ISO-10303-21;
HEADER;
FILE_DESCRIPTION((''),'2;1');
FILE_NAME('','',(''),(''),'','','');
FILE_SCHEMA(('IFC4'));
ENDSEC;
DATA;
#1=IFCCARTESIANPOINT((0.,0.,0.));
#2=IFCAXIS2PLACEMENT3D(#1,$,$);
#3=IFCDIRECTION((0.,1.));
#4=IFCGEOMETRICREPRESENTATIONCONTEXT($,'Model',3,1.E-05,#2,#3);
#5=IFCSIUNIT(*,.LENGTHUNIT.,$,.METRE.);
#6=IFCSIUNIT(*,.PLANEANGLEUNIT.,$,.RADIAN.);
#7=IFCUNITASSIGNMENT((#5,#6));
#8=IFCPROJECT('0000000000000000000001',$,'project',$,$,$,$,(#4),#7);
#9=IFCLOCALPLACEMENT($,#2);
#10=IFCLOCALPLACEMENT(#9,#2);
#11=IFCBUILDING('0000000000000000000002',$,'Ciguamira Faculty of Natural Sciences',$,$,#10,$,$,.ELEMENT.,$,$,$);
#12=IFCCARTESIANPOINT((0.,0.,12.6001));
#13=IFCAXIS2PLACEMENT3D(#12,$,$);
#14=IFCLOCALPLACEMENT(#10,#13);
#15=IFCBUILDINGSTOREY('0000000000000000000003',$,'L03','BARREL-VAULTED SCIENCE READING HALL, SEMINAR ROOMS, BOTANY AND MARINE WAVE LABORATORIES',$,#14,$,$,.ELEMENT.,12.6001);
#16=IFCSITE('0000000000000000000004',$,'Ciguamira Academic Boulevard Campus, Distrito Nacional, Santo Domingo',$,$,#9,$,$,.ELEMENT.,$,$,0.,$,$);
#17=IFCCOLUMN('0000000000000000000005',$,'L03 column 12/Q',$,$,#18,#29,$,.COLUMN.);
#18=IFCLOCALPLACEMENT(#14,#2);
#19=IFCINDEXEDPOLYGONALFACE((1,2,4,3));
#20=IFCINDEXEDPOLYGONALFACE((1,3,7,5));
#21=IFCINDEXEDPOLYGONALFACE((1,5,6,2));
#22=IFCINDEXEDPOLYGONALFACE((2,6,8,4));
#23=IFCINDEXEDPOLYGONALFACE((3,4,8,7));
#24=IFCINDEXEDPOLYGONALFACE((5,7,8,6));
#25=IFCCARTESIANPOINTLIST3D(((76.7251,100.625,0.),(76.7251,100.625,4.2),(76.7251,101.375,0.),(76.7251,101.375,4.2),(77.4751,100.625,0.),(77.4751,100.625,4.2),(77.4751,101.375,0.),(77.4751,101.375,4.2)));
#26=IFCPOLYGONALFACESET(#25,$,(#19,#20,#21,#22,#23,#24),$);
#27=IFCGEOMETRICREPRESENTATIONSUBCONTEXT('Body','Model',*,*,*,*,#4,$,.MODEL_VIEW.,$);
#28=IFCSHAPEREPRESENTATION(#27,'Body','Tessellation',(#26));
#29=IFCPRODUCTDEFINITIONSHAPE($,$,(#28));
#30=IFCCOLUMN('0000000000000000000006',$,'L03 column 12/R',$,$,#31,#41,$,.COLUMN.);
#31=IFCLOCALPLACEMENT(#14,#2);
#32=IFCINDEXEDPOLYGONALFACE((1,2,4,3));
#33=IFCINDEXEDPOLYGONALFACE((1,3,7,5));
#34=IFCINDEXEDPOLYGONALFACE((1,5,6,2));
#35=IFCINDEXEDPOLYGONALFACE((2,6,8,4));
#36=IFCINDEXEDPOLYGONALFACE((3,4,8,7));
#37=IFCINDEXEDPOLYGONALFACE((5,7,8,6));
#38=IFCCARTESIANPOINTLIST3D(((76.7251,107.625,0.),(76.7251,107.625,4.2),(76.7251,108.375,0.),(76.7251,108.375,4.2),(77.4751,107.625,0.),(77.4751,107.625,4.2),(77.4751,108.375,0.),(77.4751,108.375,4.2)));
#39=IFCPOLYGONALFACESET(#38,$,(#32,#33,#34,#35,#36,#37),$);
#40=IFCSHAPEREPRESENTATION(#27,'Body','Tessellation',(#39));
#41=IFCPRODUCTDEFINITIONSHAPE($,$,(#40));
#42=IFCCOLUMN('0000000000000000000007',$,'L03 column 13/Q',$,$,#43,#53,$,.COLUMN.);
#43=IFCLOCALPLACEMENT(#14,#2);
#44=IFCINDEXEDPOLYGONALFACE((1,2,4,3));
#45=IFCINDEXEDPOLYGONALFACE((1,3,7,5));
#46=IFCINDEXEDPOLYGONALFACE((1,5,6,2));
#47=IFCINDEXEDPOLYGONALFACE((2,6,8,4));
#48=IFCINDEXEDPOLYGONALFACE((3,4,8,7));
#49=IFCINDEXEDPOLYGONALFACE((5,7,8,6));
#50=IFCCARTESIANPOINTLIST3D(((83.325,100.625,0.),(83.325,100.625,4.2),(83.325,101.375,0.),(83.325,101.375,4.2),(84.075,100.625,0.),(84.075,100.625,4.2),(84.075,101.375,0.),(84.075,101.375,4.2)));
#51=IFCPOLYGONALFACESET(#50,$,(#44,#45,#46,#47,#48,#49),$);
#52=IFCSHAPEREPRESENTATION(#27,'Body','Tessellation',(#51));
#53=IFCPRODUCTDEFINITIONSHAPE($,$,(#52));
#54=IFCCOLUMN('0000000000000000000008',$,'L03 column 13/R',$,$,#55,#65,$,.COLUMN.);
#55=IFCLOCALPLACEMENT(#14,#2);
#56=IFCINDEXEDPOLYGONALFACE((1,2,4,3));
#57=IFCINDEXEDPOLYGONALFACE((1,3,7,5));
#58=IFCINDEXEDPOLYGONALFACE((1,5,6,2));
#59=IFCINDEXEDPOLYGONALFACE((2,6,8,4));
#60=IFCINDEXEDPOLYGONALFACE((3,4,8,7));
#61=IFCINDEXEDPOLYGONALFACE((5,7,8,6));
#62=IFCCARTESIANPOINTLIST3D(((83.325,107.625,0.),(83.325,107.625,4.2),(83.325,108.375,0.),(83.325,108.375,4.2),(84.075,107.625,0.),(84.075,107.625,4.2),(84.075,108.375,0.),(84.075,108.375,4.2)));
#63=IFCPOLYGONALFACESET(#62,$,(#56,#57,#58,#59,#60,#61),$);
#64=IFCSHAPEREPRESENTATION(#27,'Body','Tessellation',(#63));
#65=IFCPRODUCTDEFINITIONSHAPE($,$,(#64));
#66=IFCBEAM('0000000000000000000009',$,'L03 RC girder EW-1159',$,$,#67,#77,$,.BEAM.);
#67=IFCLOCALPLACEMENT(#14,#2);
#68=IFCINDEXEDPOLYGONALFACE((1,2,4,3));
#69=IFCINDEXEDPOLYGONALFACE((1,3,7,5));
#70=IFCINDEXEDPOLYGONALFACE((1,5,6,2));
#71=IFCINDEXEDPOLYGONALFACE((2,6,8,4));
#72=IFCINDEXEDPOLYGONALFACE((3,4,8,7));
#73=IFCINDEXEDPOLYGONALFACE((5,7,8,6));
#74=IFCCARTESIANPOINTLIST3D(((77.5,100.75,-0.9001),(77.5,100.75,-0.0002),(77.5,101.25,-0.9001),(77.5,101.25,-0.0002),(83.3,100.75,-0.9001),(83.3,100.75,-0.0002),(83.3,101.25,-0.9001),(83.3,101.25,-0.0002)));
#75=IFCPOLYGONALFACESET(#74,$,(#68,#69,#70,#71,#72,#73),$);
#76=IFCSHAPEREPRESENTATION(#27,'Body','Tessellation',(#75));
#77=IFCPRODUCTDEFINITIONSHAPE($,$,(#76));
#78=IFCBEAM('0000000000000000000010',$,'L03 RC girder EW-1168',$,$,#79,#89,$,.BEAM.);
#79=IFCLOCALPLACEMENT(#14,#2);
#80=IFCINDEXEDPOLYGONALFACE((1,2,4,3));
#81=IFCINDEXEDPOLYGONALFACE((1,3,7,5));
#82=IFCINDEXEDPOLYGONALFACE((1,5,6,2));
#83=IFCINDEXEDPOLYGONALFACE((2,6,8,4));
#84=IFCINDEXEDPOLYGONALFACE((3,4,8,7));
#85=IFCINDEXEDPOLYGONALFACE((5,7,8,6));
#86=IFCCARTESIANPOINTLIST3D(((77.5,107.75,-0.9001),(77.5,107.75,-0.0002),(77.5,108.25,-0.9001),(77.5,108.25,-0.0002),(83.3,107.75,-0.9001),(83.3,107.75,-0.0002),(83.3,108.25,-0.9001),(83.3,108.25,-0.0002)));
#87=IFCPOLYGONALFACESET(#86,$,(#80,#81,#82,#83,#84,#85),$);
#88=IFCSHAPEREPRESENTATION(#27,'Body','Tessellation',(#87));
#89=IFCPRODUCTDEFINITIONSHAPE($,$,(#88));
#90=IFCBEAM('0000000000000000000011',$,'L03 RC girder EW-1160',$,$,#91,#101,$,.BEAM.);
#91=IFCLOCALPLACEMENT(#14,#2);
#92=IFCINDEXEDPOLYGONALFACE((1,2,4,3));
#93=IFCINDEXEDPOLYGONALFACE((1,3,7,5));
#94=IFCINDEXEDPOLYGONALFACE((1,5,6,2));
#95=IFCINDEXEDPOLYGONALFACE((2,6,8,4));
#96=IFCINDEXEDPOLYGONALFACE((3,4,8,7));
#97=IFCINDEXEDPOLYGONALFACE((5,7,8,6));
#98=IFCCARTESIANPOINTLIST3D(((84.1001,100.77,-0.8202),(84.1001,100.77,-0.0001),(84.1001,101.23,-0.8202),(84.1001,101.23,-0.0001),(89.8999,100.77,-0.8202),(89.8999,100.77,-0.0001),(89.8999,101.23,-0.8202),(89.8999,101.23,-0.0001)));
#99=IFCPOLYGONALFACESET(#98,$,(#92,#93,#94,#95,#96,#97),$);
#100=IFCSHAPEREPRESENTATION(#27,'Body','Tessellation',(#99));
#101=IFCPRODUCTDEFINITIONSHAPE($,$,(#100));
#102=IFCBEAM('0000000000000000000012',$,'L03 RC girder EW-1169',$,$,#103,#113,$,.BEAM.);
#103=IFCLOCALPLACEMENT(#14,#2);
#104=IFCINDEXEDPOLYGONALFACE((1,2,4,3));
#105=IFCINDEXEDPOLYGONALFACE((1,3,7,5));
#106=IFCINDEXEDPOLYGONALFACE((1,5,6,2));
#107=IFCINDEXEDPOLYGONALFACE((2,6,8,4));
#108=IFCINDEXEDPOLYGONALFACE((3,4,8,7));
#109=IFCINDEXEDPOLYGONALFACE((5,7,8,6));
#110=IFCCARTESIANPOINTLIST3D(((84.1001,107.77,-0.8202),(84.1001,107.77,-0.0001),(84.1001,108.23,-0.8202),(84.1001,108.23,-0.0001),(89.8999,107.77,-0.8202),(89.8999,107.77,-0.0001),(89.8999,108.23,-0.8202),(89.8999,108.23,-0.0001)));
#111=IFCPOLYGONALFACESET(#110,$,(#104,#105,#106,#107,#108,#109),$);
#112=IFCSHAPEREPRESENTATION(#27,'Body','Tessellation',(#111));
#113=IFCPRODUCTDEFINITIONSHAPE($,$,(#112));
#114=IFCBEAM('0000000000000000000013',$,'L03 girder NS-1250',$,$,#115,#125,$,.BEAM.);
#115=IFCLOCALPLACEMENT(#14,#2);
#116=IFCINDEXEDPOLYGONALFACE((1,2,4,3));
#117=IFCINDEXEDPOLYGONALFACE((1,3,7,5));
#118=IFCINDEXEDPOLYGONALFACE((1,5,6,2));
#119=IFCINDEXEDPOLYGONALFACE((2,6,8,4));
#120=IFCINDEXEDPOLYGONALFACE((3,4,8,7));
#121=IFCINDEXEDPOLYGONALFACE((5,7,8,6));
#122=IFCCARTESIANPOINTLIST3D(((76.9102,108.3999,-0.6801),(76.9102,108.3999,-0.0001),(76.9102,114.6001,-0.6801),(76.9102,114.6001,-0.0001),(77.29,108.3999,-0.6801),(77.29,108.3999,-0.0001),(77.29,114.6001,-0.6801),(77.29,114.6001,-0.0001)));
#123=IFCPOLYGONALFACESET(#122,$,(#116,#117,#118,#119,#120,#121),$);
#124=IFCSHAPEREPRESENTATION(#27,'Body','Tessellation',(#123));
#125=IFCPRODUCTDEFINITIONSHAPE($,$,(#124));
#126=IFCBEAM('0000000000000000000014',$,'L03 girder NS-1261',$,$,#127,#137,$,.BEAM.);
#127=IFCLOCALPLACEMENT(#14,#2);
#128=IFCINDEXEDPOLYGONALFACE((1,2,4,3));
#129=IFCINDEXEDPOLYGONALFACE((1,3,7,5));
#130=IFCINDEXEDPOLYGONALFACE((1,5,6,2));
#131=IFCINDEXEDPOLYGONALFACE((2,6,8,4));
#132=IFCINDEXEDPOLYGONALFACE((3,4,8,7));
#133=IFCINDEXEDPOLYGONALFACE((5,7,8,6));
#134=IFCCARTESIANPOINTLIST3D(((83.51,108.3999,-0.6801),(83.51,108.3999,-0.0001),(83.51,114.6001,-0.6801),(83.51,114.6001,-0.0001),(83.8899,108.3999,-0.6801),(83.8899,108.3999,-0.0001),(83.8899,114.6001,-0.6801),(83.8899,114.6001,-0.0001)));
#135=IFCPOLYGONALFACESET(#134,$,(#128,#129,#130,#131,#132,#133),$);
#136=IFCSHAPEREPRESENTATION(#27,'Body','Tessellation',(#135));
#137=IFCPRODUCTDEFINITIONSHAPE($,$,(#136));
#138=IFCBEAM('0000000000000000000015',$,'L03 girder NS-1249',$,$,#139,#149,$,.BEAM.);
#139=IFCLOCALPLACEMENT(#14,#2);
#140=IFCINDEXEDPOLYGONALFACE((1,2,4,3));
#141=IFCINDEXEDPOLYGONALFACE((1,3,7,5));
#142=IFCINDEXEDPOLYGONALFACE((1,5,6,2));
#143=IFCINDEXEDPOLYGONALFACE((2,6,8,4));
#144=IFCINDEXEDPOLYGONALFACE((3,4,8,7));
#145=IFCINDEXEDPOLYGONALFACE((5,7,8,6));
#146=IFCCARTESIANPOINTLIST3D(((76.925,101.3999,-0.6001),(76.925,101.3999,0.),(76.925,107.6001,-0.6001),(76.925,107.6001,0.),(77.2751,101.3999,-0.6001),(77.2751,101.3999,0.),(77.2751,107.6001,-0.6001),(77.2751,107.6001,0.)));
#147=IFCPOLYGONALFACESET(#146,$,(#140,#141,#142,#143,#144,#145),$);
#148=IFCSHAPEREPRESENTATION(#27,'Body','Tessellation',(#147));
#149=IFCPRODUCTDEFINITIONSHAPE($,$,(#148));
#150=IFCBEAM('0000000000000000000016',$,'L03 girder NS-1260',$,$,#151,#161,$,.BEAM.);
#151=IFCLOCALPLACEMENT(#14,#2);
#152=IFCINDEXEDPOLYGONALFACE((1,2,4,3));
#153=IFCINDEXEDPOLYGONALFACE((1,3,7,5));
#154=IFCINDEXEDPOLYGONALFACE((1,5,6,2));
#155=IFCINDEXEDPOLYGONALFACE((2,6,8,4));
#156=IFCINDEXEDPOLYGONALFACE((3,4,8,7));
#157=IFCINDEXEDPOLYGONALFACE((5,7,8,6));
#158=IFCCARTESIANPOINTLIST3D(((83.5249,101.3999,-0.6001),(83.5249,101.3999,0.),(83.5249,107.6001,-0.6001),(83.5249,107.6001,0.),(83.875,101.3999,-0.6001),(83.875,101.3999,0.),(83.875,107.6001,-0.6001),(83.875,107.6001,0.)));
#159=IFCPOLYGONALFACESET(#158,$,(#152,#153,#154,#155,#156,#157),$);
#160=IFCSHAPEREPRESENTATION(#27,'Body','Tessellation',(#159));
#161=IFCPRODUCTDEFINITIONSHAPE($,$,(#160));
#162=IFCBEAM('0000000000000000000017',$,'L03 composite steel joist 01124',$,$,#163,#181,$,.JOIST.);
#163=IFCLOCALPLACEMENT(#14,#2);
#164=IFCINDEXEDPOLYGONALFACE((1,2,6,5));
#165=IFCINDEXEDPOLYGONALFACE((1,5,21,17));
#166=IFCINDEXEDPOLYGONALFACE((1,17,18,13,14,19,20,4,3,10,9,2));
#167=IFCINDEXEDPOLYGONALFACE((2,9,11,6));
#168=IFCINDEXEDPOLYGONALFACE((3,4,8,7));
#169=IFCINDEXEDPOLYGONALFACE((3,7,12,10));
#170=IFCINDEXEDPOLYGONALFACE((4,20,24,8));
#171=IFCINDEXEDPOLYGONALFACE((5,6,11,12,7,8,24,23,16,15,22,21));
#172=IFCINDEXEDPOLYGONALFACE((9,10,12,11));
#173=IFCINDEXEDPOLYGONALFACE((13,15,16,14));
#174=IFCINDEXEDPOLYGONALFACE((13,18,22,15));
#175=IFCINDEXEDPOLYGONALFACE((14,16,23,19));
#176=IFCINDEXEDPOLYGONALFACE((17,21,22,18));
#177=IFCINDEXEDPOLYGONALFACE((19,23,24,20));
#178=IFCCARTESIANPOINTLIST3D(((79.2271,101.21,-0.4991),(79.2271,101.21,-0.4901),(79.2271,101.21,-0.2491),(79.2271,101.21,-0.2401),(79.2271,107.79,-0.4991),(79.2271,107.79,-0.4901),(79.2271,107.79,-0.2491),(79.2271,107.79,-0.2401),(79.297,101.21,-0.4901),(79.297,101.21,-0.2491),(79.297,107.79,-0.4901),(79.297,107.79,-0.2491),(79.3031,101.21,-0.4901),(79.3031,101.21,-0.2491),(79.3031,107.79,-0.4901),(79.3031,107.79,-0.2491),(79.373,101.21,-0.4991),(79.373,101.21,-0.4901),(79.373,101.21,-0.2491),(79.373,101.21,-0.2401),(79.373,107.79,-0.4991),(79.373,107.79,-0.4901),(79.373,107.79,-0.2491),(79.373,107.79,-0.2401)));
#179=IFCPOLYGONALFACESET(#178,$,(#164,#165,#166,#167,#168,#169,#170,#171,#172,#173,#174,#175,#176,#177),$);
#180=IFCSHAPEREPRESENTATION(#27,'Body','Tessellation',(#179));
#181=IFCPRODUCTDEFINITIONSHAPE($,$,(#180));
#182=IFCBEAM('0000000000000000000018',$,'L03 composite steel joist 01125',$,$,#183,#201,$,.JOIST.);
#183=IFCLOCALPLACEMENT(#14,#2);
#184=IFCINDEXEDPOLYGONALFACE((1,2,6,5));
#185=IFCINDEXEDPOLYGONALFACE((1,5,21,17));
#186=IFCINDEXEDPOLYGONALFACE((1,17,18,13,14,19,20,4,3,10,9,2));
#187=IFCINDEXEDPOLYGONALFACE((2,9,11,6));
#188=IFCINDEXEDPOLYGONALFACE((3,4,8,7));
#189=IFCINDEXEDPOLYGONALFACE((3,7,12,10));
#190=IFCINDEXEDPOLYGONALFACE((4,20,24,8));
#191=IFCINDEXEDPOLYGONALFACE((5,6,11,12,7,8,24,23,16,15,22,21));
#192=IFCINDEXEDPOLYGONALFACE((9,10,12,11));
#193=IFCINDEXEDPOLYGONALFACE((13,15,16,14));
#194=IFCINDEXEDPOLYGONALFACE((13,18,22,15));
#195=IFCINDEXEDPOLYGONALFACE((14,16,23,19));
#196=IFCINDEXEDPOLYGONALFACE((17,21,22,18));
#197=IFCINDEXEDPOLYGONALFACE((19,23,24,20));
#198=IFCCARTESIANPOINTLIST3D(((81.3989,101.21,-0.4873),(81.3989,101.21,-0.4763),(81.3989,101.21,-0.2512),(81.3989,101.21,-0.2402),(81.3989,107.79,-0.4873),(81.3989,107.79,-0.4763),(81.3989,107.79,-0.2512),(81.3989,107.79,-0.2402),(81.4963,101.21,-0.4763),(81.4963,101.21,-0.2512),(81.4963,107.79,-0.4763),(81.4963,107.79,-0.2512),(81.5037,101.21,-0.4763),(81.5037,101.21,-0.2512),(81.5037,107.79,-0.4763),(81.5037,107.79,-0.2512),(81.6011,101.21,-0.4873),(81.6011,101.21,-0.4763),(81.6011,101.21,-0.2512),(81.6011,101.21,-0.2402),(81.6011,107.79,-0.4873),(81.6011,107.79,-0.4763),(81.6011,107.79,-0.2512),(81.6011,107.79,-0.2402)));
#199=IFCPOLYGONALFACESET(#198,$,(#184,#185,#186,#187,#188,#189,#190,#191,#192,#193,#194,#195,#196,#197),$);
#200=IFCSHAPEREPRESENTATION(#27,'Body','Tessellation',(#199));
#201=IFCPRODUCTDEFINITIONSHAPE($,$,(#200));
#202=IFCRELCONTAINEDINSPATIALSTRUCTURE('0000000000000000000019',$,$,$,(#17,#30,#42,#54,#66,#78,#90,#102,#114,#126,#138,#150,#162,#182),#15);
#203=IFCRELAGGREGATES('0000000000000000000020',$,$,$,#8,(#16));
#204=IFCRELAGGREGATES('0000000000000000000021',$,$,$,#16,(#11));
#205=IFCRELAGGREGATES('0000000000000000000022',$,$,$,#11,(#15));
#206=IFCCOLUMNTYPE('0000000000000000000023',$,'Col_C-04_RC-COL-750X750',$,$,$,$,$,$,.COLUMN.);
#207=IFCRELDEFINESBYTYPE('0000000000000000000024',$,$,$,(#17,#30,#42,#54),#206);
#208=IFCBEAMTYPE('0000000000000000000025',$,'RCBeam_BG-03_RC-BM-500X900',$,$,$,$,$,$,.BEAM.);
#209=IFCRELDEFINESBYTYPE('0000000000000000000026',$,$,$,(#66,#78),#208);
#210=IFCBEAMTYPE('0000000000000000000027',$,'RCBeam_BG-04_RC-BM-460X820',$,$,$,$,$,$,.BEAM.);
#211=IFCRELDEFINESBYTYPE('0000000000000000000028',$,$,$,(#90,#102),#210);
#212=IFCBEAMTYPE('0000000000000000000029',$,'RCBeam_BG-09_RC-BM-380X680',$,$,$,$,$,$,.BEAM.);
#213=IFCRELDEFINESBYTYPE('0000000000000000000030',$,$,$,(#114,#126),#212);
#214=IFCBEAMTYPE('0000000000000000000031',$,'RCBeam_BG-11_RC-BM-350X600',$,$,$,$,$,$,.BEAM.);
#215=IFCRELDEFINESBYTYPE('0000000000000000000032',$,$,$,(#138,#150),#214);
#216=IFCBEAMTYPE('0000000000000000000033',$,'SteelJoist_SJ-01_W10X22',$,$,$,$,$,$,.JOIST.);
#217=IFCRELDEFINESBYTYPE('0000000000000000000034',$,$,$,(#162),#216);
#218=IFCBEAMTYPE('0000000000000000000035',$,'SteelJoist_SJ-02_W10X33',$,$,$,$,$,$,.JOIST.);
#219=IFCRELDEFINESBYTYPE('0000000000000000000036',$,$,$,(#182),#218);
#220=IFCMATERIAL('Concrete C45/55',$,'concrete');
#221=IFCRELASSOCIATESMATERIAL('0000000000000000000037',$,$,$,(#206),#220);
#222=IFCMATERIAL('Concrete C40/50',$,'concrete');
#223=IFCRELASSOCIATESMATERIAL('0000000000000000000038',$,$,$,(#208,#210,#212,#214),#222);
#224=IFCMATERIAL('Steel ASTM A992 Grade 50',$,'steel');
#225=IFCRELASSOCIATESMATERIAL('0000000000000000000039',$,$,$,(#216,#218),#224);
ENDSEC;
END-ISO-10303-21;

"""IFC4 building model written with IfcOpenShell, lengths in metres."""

from ifc_helpers import new_model, si_unit, direction, frame, origin, origin_2d, place, context, subcontext, project, spatial, rectangle, i_section, extrude, material, material_profile, profile_set, type_object, element, save


model = new_model("IFC4")

# Units and contexts
model_context = context("Model", 3, precision=1e-05, world=origin(), true_north=direction((0.0, 1.0)))
body_context = subcontext(model_context, "Body", "Model", "MODEL_VIEW")
ifc_project = project(units=[si_unit("LENGTHUNIT", "METRE"), si_unit("PLANEANGLEUNIT", "RADIAN")], contexts=[model_context])

# Site, building, storey
site_placement = place(None, origin())
site = spatial("IfcSite", under=ifc_project, at=site_placement, Name="Ciguamira Academic Boulevard Campus, Distrito Nacional, Santo Domingo", CompositionType="ELEMENT", RefElevation=0.0)
building_placement = place(site_placement, origin())
building = spatial("IfcBuilding", under=site, at=building_placement, Name="Ciguamira Faculty of Natural Sciences", CompositionType="ELEMENT")
storey_placement = place(building_placement, frame((0.0, 0.0, 12.6001)))
storey = spatial("IfcBuildingStorey", under=building, at=storey_placement, Name="L03", Description="BARREL-VAULTED SCIENCE READING HALL, SEMINAR ROOMS, BOTANY AND MARINE WAVE LABORATORIES", CompositionType="ELEMENT", Elevation=12.6001)

# Columns
ifc_material_1 = material(Name="Concrete C45/55", Category="concrete")
ifc_material_profile_1 = material_profile(ifc_material_1, rectangle(XDim=0.75, YDim=0.75, at=origin_2d()), Name="RC-COL-750X750")
ifc_profile_set_1 = profile_set([ifc_material_profile_1], Name="Concrete C45/55")
column_type = type_object("IfcColumnType", Name="Col_C-04_RC-COL-750X750", PredefinedType="COLUMN", material=ifc_profile_set_1)
for number, where, z_axis, x_axis, name in (
    (1, (77.1001, 101.0, 0.0), (0.0, 0.0, 1.0), (1.0, 0.0, 0.0), "L03 column 12/Q"),
    (2, (77.1001, 108.0, 0.0), (0.0, 0.0, 1.0), (1.0, 0.0, 0.0), "L03 column 12/R"),
    (3, (83.7, 101.0, 0.0), (0.0, 0.0, 1.0), (1.0, 0.0, 0.0), "L03 column 13/Q"),
    (4, (83.7, 108.0, 0.0), (0.0, 0.0, 1.0), (1.0, 0.0, 0.0), "L03 column 13/R"),
):
    element("IfcColumn", number, at=place(storey_placement, frame(where, z_axis=z_axis, x_axis=x_axis)), inside=storey, type_object=column_type, Name=name, PredefinedType="COLUMN", context=body_context, shape_type="SweptSolid", body=[
        extrude(rectangle(XDim=0.75, YDim=0.75, at=origin_2d()), origin(), (0.0, 0.0, 1.0), 4.2),
    ])

# Beams
ifc_material_2 = material(Name="Concrete C40/50", Category="concrete")
ifc_material_profile_2 = material_profile(ifc_material_2, rectangle(XDim=0.5, YDim=0.8999, at=origin_2d()), Name="RC-BM-500X900")
ifc_profile_set_2 = profile_set([ifc_material_profile_2], Name="Concrete C40/50")
beam_type_1 = type_object("IfcBeamType", Name="RCBeam_BG-03_RC-BM-500X900", PredefinedType="BEAM", material=ifc_profile_set_2)
for number, where, z_axis, x_axis, name in (
    (5, (77.5, 101.0, -0.4502), (1.0, 0.0, 0.0), (0.0, 1.0, 0.0), "L03 RC girder EW-1159"),
    (6, (77.5, 108.0, -0.4502), (1.0, 0.0, 0.0), (0.0, 1.0, 0.0), "L03 RC girder EW-1168"),
):
    element("IfcBeam", number, at=place(storey_placement, frame(where, z_axis=z_axis, x_axis=x_axis)), inside=storey, type_object=beam_type_1, Name=name, PredefinedType="BEAM", context=body_context, shape_type="SweptSolid", body=[
        extrude(rectangle(XDim=0.5, YDim=0.8999, at=origin_2d()), origin(), (0.0, 0.0, 1.0), 5.8),
    ])
ifc_material_profile_3 = material_profile(ifc_material_2, rectangle(XDim=0.46, YDim=0.8201, at=origin_2d()), Name="RC-BM-460X820")
ifc_profile_set_3 = profile_set([ifc_material_profile_3], Name="Concrete C40/50")
beam_type_2 = type_object("IfcBeamType", Name="RCBeam_BG-04_RC-BM-460X820", PredefinedType="BEAM", material=ifc_profile_set_3)
for number, where, z_axis, x_axis, name in (
    (7, (84.1001, 101.0, -0.4102), (1.0, 0.0, 0.0), (0.0, 1.0, 0.0), "L03 RC girder EW-1160"),
    (8, (84.1001, 108.0, -0.4102), (1.0, 0.0, 0.0), (0.0, 1.0, 0.0), "L03 RC girder EW-1169"),
):
    element("IfcBeam", number, at=place(storey_placement, frame(where, z_axis=z_axis, x_axis=x_axis)), inside=storey, type_object=beam_type_2, Name=name, PredefinedType="BEAM", context=body_context, shape_type="SweptSolid", body=[
        extrude(rectangle(XDim=0.46, YDim=0.8201, at=origin_2d()), origin(), (0.0, 0.0, 1.0), 5.7998),
    ])
ifc_material_profile_4 = material_profile(ifc_material_2, rectangle(XDim=0.3799, YDim=0.6799, at=origin_2d()), Name="RC-BM-380X680")
ifc_profile_set_4 = profile_set([ifc_material_profile_4], Name="Concrete C40/50")
beam_type_3 = type_object("IfcBeamType", Name="RCBeam_BG-09_RC-BM-380X680", PredefinedType="BEAM", material=ifc_profile_set_4)
for number, where, z_axis, x_axis, name in (
    (9, (77.1001, 108.3999, -0.3401), (0.0, 1.0, 0.0), (-1.0, 0.0, 0.0), "L03 girder NS-1250"),
    (10, (83.7, 108.3999, -0.3401), (0.0, 1.0, 0.0), (-1.0, 0.0, 0.0), "L03 girder NS-1261"),
):
    element("IfcBeam", number, at=place(storey_placement, frame(where, z_axis=z_axis, x_axis=x_axis)), inside=storey, type_object=beam_type_3, Name=name, PredefinedType="BEAM", context=body_context, shape_type="SweptSolid", body=[
        extrude(rectangle(XDim=0.3799, YDim=0.6799, at=origin_2d()), origin(), (0.0, 0.0, 1.0), 6.2002),
    ])
ifc_material_profile_5 = material_profile(ifc_material_2, rectangle(XDim=0.3501, YDim=0.6001, at=origin_2d()), Name="RC-BM-350X600")
ifc_profile_set_5 = profile_set([ifc_material_profile_5], Name="Concrete C40/50")
beam_type_4 = type_object("IfcBeamType", Name="RCBeam_BG-11_RC-BM-350X600", PredefinedType="BEAM", material=ifc_profile_set_5)
for number, where, z_axis, x_axis, name in (
    (11, (77.1001, 101.3999, -0.3), (0.0, 1.0, 0.0), (-1.0, 0.0, 0.0), "L03 girder NS-1249"),
    (12, (83.7, 101.3999, -0.3), (0.0, 1.0, 0.0), (-1.0, 0.0, 0.0), "L03 girder NS-1260"),
):
    element("IfcBeam", number, at=place(storey_placement, frame(where, z_axis=z_axis, x_axis=x_axis)), inside=storey, type_object=beam_type_4, Name=name, PredefinedType="BEAM", context=body_context, shape_type="SweptSolid", body=[
        extrude(rectangle(XDim=0.3501, YDim=0.6001, at=origin_2d()), origin(), (0.0, 0.0, 1.0), 6.2002),
    ])
ifc_material_3 = material(Name="Steel ASTM A992 Grade 50", Category="steel")
ifc_material_profile_6 = material_profile(ifc_material_3, i_section(OverallWidth=0.146, OverallDepth=0.259, WebThickness=0.0061, FlangeThickness=0.009, at=origin_2d()), Name="W10X22")
ifc_profile_set_6 = profile_set([ifc_material_profile_6], Name="Steel ASTM A992 Grade 50")
beam_type_5 = type_object("IfcBeamType", Name="SteelJoist_SJ-01_W10X22", PredefinedType="JOIST", material=ifc_profile_set_6)
beam_1_placement = place(storey_placement, frame((79.3, 101.21, -0.3696), z_axis=(0.0, 1.0, 0.0), x_axis=(-1.0, 0.0, 0.0)))
element("IfcBeam", 13, at=beam_1_placement, inside=storey, type_object=beam_type_5, Name="L03 composite steel joist 01124", PredefinedType="JOIST", context=body_context, shape_type="SweptSolid", body=[
    extrude(i_section(OverallWidth=0.146, OverallDepth=0.259, WebThickness=0.0061, FlangeThickness=0.009, at=origin_2d()), origin(), (0.0, 0.0, 1.0), 6.5801),
])
ifc_material_profile_7 = material_profile(ifc_material_3, i_section(OverallWidth=0.2021, OverallDepth=0.2471, WebThickness=0.0073, FlangeThickness=0.011, at=origin_2d()), Name="W10X33")
ifc_profile_set_7 = profile_set([ifc_material_profile_7], Name="Steel ASTM A992 Grade 50")
beam_type_6 = type_object("IfcBeamType", Name="SteelJoist_SJ-02_W10X33", PredefinedType="JOIST", material=ifc_profile_set_7)
beam_2_placement = place(storey_placement, frame((81.5, 101.21, -0.3638), z_axis=(0.0, 1.0, 0.0), x_axis=(-1.0, 0.0, 0.0)))
element("IfcBeam", 14, at=beam_2_placement, inside=storey, type_object=beam_type_6, Name="L03 composite steel joist 01125", PredefinedType="JOIST", context=body_context, shape_type="SweptSolid", body=[
    extrude(i_section(OverallWidth=0.2021, OverallDepth=0.2471, WebThickness=0.0073, FlangeThickness=0.011, at=origin_2d()), origin(), (0.0, 0.0, 1.0), 6.5801),
])

save(model, "model.ifc")
